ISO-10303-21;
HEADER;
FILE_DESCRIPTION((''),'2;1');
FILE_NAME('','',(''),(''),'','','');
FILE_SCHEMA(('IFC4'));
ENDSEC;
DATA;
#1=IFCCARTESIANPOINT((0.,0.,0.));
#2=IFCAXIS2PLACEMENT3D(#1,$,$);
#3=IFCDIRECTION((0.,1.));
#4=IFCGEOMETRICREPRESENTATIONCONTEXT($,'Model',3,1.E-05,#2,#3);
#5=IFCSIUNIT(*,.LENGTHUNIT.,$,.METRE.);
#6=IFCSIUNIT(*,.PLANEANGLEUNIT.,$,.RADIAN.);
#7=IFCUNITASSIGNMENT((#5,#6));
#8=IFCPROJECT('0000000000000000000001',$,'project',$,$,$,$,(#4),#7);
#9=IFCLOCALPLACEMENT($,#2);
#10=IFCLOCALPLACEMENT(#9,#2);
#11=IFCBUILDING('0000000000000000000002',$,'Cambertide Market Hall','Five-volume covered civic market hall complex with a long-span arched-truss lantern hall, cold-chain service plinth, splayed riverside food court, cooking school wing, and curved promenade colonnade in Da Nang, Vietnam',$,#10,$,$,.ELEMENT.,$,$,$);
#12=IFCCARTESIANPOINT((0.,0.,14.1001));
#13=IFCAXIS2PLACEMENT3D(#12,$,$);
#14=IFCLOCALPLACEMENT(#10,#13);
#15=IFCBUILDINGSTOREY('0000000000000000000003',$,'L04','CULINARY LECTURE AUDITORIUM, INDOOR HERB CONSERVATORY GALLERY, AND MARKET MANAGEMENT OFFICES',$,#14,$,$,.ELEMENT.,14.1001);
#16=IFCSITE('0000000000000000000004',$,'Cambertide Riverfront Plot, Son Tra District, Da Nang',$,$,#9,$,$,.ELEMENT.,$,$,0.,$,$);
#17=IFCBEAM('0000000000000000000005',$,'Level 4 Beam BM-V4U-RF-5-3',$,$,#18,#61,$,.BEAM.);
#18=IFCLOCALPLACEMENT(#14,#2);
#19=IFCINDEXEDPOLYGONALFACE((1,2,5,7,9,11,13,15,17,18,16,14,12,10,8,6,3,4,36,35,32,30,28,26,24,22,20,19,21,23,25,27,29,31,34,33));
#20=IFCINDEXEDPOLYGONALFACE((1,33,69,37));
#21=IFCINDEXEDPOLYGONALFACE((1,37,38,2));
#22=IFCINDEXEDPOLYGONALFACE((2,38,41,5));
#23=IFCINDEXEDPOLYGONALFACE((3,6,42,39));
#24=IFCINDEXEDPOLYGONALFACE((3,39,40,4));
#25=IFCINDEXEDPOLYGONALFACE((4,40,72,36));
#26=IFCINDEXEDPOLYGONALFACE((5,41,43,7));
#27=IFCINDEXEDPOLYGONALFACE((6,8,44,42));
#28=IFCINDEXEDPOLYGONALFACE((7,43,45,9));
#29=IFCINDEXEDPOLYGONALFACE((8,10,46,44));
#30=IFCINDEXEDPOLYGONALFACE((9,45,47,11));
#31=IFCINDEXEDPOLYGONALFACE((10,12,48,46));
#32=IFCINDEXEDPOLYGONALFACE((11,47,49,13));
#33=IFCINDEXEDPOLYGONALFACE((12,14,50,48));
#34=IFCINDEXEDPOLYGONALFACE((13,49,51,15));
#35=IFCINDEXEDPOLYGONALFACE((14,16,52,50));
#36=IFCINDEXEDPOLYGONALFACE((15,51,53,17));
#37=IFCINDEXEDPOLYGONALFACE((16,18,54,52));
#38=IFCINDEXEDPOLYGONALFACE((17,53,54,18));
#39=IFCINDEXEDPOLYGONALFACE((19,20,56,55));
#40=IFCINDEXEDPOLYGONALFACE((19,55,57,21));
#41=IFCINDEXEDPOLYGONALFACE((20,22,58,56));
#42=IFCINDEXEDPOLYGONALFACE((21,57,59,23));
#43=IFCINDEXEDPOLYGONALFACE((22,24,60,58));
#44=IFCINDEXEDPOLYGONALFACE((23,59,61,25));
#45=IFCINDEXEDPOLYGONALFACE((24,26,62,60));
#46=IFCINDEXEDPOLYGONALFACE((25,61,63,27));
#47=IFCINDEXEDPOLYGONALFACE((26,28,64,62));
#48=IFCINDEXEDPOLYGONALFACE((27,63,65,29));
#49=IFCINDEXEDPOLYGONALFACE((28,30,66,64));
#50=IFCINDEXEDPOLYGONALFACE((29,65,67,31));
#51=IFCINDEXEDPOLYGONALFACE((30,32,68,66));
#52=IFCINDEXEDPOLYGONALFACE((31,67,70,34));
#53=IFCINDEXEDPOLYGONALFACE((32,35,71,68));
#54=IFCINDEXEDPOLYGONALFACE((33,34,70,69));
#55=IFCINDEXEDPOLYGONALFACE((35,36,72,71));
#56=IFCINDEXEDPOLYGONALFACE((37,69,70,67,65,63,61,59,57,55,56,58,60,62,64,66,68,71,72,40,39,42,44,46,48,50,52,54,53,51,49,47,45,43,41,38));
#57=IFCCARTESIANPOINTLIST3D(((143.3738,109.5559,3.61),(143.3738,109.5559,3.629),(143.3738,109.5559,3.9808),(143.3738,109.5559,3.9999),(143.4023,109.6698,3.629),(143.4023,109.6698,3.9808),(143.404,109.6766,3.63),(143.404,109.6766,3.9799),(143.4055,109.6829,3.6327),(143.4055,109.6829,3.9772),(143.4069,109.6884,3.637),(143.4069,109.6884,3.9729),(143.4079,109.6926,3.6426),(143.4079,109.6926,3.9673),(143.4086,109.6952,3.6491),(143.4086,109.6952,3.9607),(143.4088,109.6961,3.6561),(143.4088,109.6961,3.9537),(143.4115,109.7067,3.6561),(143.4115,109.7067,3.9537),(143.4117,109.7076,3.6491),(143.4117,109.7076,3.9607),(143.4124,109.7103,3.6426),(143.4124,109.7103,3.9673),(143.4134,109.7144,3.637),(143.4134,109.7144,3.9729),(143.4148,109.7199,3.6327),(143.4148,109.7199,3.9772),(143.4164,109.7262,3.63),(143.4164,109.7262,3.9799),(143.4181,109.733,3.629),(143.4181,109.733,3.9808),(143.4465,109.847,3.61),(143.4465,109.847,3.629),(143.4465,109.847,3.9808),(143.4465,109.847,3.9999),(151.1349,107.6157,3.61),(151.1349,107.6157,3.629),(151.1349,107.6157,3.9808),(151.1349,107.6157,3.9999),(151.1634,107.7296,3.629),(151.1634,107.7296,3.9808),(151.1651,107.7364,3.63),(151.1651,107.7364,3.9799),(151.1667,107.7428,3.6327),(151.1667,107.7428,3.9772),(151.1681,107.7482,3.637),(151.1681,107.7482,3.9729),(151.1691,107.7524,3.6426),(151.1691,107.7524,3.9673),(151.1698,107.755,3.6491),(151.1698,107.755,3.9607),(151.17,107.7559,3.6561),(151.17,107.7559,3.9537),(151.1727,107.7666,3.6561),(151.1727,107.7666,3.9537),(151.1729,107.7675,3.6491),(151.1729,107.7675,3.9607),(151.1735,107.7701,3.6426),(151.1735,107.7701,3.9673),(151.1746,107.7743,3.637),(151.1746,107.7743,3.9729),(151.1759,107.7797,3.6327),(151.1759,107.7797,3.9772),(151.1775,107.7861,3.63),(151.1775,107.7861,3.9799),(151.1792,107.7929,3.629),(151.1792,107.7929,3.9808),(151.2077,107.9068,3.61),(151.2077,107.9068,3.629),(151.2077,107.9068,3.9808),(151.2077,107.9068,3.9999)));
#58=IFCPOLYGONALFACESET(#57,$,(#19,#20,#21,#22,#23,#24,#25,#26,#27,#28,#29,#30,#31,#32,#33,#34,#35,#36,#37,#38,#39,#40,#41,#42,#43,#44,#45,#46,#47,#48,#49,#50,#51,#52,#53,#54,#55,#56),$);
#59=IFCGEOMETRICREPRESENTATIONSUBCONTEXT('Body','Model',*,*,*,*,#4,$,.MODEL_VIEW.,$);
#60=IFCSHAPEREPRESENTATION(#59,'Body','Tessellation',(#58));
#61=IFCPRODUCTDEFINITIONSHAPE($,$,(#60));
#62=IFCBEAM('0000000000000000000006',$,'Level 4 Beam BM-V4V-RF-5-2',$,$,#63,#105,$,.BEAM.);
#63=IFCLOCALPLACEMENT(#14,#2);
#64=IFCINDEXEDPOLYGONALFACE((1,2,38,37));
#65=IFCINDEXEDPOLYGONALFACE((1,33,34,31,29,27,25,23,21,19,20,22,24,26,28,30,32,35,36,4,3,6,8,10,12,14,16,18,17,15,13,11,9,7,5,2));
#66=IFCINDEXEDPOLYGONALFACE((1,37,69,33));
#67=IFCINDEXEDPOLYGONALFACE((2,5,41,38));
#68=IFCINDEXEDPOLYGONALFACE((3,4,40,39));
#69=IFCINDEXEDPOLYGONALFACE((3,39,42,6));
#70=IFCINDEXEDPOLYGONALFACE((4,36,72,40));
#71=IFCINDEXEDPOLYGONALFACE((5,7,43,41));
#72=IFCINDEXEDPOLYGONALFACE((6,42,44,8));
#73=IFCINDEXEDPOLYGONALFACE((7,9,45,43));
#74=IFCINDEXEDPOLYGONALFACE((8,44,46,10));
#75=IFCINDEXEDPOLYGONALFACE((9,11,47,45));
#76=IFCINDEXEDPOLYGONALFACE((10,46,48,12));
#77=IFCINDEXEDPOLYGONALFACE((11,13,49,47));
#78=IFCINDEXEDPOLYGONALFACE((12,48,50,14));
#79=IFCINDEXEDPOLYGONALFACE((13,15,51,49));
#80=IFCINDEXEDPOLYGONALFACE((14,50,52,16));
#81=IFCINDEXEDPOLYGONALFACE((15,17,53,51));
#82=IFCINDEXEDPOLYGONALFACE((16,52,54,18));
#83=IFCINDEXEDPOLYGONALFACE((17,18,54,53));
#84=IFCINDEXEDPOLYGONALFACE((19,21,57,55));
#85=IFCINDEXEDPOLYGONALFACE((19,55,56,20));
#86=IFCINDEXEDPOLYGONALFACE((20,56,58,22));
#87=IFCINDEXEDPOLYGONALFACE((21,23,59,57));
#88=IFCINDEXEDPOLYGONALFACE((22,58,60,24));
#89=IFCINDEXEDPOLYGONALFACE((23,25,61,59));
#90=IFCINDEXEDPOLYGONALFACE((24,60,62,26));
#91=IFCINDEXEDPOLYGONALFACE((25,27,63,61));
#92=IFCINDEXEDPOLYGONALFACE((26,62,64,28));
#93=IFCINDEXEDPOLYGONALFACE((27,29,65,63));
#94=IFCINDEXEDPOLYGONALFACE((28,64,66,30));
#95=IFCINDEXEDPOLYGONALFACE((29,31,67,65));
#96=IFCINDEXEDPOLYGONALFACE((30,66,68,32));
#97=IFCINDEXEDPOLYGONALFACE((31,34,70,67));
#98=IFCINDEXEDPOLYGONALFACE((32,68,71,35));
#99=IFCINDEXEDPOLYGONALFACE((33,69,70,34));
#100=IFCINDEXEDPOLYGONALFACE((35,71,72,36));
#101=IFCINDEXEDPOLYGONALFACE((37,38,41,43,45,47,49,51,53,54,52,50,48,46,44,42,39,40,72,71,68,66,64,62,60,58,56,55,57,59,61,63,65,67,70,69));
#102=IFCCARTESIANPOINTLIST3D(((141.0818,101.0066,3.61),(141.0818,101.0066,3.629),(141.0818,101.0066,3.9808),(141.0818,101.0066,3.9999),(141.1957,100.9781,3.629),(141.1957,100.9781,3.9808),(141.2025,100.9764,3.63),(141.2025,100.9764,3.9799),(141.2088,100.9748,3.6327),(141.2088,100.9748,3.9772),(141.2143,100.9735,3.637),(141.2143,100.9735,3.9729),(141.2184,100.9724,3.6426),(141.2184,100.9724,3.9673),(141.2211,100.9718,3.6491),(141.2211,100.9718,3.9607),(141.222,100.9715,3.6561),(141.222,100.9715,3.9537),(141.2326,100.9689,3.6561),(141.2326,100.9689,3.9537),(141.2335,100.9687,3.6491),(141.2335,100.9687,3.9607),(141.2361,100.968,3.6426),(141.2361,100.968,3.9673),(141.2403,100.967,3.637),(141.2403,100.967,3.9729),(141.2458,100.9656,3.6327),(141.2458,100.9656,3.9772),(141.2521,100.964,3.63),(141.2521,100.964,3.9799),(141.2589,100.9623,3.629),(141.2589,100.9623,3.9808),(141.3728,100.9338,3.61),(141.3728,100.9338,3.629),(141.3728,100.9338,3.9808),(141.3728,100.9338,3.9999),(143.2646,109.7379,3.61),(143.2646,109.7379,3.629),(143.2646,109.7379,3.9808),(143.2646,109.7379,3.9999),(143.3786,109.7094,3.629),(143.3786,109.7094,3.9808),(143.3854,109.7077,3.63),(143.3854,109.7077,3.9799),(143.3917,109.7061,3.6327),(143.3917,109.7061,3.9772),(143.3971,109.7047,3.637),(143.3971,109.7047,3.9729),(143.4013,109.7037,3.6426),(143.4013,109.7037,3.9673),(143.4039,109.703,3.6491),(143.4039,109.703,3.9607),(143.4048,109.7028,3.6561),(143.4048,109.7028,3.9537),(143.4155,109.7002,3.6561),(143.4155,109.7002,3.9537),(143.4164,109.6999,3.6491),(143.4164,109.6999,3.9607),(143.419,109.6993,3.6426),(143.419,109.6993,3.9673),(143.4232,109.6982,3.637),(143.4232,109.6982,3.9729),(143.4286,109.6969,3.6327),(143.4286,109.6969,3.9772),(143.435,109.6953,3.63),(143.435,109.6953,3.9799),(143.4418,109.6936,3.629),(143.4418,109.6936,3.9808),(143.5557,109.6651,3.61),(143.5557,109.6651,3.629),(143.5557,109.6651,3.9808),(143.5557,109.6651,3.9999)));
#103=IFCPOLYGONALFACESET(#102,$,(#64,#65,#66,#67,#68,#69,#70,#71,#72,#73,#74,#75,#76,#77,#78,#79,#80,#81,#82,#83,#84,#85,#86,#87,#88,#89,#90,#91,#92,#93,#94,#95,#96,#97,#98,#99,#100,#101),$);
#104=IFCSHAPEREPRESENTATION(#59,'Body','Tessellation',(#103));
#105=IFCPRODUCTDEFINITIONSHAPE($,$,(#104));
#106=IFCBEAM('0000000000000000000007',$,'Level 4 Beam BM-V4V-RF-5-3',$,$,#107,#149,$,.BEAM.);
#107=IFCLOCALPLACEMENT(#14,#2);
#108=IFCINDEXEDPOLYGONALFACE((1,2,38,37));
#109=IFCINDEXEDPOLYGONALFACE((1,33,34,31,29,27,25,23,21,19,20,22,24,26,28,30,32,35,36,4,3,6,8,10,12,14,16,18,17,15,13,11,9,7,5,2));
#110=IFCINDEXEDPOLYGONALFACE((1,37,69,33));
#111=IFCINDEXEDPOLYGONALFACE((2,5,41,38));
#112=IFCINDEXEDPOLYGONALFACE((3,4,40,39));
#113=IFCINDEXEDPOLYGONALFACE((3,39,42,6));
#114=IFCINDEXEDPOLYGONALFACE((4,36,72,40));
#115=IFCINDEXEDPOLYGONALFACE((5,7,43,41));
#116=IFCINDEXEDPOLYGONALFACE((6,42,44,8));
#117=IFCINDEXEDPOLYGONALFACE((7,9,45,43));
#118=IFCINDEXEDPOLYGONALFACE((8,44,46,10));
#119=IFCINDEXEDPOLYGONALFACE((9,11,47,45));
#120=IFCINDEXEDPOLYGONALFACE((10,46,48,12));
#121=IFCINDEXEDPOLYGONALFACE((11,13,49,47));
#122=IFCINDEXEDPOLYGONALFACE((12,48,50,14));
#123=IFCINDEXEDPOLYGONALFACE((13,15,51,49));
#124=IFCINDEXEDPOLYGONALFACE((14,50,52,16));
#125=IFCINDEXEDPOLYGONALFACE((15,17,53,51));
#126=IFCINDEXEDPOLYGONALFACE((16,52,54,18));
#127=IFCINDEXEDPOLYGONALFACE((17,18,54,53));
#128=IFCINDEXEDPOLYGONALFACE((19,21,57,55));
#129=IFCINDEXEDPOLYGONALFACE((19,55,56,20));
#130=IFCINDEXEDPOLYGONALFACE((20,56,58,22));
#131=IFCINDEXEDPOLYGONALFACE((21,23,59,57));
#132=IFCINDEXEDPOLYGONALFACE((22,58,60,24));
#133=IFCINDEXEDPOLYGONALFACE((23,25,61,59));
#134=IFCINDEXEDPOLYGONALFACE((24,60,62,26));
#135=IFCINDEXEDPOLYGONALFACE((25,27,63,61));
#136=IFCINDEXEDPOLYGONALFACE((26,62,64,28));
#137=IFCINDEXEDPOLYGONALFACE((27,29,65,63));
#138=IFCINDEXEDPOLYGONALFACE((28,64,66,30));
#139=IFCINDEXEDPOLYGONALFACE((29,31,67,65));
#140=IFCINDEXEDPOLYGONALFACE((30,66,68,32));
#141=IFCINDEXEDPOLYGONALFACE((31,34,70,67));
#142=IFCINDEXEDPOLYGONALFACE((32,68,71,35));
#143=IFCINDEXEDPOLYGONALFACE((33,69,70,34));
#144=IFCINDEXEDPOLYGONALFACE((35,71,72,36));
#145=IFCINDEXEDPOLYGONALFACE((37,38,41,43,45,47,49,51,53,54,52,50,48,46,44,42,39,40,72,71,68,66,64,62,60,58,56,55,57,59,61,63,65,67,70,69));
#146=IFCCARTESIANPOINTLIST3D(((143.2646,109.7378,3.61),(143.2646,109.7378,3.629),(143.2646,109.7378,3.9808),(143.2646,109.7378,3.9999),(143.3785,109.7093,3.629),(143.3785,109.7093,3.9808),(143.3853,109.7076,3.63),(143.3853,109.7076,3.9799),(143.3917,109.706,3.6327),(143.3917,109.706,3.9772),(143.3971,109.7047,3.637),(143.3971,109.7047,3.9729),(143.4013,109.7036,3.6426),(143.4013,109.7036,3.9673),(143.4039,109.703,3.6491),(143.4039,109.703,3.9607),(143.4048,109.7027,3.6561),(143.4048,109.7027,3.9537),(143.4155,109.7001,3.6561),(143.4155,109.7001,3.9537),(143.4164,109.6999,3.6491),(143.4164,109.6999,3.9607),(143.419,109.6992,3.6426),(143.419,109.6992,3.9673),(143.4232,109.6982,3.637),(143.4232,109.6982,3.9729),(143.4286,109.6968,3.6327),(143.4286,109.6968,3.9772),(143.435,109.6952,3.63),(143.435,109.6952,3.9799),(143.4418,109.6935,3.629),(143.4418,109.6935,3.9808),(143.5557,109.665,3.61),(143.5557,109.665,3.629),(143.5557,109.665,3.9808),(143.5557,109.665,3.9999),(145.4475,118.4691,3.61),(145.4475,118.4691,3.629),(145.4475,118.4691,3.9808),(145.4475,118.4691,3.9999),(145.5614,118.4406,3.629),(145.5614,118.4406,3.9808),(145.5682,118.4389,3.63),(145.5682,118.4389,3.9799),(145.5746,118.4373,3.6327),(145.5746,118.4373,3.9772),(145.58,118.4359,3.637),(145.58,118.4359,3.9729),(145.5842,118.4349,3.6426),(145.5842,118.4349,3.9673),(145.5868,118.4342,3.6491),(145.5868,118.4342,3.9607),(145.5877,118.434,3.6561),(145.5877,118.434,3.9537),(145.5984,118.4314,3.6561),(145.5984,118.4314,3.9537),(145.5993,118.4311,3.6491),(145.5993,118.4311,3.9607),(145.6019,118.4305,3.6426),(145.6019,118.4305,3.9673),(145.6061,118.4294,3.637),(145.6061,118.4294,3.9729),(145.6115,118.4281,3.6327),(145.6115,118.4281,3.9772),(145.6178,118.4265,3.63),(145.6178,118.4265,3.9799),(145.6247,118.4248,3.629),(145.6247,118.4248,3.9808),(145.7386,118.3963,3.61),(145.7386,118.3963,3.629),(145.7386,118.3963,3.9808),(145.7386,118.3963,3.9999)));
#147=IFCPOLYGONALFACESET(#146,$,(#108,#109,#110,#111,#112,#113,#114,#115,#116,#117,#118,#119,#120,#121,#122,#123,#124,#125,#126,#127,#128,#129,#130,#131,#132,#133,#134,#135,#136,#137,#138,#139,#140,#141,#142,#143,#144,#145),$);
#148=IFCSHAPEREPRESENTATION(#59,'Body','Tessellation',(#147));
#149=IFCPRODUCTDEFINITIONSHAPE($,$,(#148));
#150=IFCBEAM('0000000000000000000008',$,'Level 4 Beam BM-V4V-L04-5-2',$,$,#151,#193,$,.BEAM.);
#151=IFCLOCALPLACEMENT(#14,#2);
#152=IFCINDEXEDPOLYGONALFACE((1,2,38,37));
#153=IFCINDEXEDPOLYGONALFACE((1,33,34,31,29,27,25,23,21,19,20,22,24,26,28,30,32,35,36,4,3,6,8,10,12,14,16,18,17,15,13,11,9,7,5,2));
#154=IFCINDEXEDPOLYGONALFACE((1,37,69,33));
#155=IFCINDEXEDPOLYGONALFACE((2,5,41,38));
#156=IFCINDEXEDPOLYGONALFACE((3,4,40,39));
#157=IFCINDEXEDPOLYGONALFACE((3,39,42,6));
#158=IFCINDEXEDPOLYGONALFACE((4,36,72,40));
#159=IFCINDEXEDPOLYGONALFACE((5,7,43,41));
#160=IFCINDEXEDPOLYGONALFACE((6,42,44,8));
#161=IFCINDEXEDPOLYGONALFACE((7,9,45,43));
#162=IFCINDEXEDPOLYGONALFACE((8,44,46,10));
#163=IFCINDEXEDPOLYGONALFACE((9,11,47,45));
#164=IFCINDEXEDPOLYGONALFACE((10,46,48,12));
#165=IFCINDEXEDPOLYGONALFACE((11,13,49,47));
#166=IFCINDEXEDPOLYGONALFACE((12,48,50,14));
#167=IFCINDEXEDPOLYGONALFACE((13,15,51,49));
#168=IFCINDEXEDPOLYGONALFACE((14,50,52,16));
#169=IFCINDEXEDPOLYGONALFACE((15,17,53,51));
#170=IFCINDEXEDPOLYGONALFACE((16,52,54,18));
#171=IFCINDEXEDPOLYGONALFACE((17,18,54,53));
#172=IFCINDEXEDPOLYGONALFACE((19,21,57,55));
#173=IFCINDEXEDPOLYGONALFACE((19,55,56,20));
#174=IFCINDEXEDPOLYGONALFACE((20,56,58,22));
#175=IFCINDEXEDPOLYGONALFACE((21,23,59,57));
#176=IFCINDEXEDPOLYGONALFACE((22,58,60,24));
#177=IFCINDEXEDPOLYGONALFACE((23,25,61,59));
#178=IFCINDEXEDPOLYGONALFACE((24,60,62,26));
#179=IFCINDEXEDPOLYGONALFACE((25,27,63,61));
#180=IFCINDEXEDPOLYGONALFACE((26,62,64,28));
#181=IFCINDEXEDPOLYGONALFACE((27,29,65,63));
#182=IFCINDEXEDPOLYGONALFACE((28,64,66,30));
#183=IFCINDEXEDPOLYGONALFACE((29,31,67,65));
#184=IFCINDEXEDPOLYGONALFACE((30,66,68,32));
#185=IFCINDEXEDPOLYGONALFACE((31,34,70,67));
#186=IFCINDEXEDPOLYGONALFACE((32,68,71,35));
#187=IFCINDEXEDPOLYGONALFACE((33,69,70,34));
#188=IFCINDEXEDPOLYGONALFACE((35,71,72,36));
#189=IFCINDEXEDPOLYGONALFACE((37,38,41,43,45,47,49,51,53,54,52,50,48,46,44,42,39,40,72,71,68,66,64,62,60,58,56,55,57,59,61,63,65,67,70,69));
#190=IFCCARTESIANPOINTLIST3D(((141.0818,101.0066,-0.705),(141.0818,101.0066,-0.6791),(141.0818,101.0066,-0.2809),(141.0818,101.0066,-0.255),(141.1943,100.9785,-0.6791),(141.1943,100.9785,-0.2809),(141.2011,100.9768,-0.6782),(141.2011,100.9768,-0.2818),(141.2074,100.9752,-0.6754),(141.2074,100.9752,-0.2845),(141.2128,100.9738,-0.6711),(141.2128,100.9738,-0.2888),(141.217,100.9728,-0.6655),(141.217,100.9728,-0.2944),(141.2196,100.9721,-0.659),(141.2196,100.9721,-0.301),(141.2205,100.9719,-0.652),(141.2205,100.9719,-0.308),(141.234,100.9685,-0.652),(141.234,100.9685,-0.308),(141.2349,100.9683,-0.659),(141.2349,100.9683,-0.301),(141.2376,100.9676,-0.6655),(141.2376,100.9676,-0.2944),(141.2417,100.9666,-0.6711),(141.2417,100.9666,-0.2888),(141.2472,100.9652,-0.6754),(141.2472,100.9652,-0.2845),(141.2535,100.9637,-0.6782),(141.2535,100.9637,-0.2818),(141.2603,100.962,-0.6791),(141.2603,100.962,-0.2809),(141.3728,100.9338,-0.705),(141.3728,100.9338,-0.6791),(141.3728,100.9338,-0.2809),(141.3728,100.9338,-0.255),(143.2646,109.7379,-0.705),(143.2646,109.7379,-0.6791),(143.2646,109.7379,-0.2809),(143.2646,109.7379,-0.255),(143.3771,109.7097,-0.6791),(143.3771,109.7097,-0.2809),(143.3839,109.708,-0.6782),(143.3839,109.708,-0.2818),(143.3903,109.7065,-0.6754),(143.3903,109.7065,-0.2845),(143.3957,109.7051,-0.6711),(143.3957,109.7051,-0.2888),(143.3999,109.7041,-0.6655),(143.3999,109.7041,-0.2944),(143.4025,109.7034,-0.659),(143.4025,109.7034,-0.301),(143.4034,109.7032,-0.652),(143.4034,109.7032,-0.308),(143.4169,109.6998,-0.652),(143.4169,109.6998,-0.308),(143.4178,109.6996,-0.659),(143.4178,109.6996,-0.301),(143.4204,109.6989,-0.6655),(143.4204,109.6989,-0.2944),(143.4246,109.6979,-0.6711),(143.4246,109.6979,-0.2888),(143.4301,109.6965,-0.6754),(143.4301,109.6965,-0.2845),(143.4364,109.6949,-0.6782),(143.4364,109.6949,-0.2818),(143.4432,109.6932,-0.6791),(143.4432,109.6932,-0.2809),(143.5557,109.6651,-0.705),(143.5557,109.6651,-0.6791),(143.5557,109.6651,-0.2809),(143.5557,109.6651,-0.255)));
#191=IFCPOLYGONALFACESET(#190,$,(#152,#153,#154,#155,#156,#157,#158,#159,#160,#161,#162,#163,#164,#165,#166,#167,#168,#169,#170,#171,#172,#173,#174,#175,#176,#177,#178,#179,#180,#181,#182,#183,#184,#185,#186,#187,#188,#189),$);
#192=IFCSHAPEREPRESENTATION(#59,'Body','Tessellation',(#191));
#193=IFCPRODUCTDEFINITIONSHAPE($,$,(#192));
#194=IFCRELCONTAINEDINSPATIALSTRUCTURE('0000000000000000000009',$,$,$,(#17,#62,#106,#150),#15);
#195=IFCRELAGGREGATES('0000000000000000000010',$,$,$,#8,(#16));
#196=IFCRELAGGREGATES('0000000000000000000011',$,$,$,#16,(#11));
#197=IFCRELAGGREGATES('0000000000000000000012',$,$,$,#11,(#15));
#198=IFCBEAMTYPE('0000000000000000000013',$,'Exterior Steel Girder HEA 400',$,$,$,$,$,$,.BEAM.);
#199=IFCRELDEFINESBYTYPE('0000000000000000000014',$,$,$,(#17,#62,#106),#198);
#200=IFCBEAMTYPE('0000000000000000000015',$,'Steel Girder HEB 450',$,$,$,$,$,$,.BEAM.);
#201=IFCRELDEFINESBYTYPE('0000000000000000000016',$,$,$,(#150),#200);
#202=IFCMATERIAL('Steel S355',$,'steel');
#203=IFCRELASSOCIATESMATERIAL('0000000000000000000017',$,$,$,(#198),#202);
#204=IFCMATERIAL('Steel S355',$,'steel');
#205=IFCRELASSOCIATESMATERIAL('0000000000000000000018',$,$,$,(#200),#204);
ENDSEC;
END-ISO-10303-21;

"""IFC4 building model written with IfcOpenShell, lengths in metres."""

from ifc_helpers import new_model, si_unit, direction, frame, origin, origin_2d, place, context, subcontext, project, spatial, i_section, extrude, material, material_profile, profile_set, type_object, element, save


model = new_model("IFC4")

# Units and contexts
model_context = context("Model", 3, precision=1e-05, world=origin(), true_north=direction((0.0, 1.0)))
body_context = subcontext(model_context, "Body", "Model", "MODEL_VIEW")
ifc_project = project(units=[si_unit("LENGTHUNIT", "METRE"), si_unit("PLANEANGLEUNIT", "RADIAN")], contexts=[model_context])

# Site, building, storey
site_placement = place(None, origin())
site = spatial("IfcSite", under=ifc_project, at=site_placement, Name="Cambertide Riverfront Plot, Son Tra District, Da Nang", CompositionType="ELEMENT", RefElevation=0.0)
building_placement = place(site_placement, origin())
building = spatial("IfcBuilding", under=site, at=building_placement, Name="Cambertide Market Hall", Description="Five-volume covered civic market hall complex with a long-span arched-truss lantern hall, cold-chain service plinth, splayed riverside food court, cooking school wing, and curved promenade colonnade in Da Nang, Vietnam", CompositionType="ELEMENT")
storey_placement = place(building_placement, frame((0.0, 0.0, 14.1001)))
storey = spatial("IfcBuildingStorey", under=building, at=storey_placement, Name="L04", Description="CULINARY LECTURE AUDITORIUM, INDOOR HERB CONSERVATORY GALLERY, AND MARKET MANAGEMENT OFFICES", CompositionType="ELEMENT", Elevation=14.1001)

# Beams
ifc_material_1 = material(Name="Steel S355", Category="steel")
ifc_material_profile_1 = material_profile(ifc_material_1, i_section(OverallWidth=0.3, OverallDepth=0.3899, WebThickness=0.011, FlangeThickness=0.019, FilletRadius=0.0271, at=origin_2d()), Name="HEA 400")
ifc_profile_set_1 = profile_set([ifc_material_profile_1], Name="Steel S355")
beam_type_1 = type_object("IfcBeamType", Name="Exterior Steel Girder HEA 400", PredefinedType="BEAM", material=ifc_profile_set_1)
beam_1_placement = place(storey_placement, frame((143.4102, 109.7014, 3.8049), z_axis=(0.970146, -0.242521, 0.0), x_axis=(0.242521, 0.970146, 0.0)))
element("IfcBeam", 1, at=beam_1_placement, inside=storey, type_object=beam_type_1, Name="Level 4 Beam BM-V4U-RF-5-3", PredefinedType="BEAM", context=body_context, shape_type="SweptSolid", body=[
    extrude(i_section(OverallWidth=0.3, OverallDepth=0.3899, WebThickness=0.011, FlangeThickness=0.019, FilletRadius=0.0271, at=origin_2d()), origin(), (0.0, 0.0, 1.0), 8.0),
])
for number, where, z_axis, x_axis, name in (
    (2, (141.2273, 100.9702, 3.8049), (0.242542, 0.970141, 0.0), (-0.970141, 0.242542, 0.0), "Level 4 Beam BM-V4V-RF-5-2"),
    (3, (143.4102, 109.7014, 3.8049), (0.242542, 0.970141, 0.0), (-0.970141, 0.242542, 0.0), "Level 4 Beam BM-V4V-RF-5-3"),
):
    element("IfcBeam", number, at=place(storey_placement, frame(where, z_axis=z_axis, x_axis=x_axis)), inside=storey, type_object=beam_type_1, Name=name, PredefinedType="BEAM", context=body_context, shape_type="SweptSolid", body=[
        extrude(i_section(OverallWidth=0.3, OverallDepth=0.3899, WebThickness=0.011, FlangeThickness=0.019, FilletRadius=0.0271, at=origin_2d()), origin(), (0.0, 0.0, 1.0), 9.0),
    ])
ifc_material_2 = material(Name="Steel S355", Category="steel")
ifc_material_profile_2 = material_profile(ifc_material_2, i_section(OverallWidth=0.3, OverallDepth=0.45, WebThickness=0.0139, FlangeThickness=0.0259, FilletRadius=0.0271, at=origin_2d()), Name="HEB 450")
ifc_profile_set_2 = profile_set([ifc_material_profile_2], Name="Steel S355")
beam_type_2 = type_object("IfcBeamType", Name="Steel Girder HEB 450", PredefinedType="BEAM", material=ifc_profile_set_2)
for number, where, z_axis, x_axis, name in (
    (4, (141.2273, 100.9702, -0.48), (0.242542, 0.970141, 0.0), (-0.970141, 0.242542, 0.0), "Level 4 Beam BM-V4V-L04-5-2"),
):
    element("IfcBeam", number, at=place(storey_placement, frame(where, z_axis=z_axis, x_axis=x_axis)), inside=storey, type_object=beam_type_2, Name=name, PredefinedType="BEAM", context=body_context, shape_type="SweptSolid", body=[
        extrude(i_section(OverallWidth=0.3, OverallDepth=0.45, WebThickness=0.0139, FlangeThickness=0.0259, FilletRadius=0.0271, at=origin_2d()), origin(), (0.0, 0.0, 1.0), 9.0),
    ])

save(model, "model.ifc")
